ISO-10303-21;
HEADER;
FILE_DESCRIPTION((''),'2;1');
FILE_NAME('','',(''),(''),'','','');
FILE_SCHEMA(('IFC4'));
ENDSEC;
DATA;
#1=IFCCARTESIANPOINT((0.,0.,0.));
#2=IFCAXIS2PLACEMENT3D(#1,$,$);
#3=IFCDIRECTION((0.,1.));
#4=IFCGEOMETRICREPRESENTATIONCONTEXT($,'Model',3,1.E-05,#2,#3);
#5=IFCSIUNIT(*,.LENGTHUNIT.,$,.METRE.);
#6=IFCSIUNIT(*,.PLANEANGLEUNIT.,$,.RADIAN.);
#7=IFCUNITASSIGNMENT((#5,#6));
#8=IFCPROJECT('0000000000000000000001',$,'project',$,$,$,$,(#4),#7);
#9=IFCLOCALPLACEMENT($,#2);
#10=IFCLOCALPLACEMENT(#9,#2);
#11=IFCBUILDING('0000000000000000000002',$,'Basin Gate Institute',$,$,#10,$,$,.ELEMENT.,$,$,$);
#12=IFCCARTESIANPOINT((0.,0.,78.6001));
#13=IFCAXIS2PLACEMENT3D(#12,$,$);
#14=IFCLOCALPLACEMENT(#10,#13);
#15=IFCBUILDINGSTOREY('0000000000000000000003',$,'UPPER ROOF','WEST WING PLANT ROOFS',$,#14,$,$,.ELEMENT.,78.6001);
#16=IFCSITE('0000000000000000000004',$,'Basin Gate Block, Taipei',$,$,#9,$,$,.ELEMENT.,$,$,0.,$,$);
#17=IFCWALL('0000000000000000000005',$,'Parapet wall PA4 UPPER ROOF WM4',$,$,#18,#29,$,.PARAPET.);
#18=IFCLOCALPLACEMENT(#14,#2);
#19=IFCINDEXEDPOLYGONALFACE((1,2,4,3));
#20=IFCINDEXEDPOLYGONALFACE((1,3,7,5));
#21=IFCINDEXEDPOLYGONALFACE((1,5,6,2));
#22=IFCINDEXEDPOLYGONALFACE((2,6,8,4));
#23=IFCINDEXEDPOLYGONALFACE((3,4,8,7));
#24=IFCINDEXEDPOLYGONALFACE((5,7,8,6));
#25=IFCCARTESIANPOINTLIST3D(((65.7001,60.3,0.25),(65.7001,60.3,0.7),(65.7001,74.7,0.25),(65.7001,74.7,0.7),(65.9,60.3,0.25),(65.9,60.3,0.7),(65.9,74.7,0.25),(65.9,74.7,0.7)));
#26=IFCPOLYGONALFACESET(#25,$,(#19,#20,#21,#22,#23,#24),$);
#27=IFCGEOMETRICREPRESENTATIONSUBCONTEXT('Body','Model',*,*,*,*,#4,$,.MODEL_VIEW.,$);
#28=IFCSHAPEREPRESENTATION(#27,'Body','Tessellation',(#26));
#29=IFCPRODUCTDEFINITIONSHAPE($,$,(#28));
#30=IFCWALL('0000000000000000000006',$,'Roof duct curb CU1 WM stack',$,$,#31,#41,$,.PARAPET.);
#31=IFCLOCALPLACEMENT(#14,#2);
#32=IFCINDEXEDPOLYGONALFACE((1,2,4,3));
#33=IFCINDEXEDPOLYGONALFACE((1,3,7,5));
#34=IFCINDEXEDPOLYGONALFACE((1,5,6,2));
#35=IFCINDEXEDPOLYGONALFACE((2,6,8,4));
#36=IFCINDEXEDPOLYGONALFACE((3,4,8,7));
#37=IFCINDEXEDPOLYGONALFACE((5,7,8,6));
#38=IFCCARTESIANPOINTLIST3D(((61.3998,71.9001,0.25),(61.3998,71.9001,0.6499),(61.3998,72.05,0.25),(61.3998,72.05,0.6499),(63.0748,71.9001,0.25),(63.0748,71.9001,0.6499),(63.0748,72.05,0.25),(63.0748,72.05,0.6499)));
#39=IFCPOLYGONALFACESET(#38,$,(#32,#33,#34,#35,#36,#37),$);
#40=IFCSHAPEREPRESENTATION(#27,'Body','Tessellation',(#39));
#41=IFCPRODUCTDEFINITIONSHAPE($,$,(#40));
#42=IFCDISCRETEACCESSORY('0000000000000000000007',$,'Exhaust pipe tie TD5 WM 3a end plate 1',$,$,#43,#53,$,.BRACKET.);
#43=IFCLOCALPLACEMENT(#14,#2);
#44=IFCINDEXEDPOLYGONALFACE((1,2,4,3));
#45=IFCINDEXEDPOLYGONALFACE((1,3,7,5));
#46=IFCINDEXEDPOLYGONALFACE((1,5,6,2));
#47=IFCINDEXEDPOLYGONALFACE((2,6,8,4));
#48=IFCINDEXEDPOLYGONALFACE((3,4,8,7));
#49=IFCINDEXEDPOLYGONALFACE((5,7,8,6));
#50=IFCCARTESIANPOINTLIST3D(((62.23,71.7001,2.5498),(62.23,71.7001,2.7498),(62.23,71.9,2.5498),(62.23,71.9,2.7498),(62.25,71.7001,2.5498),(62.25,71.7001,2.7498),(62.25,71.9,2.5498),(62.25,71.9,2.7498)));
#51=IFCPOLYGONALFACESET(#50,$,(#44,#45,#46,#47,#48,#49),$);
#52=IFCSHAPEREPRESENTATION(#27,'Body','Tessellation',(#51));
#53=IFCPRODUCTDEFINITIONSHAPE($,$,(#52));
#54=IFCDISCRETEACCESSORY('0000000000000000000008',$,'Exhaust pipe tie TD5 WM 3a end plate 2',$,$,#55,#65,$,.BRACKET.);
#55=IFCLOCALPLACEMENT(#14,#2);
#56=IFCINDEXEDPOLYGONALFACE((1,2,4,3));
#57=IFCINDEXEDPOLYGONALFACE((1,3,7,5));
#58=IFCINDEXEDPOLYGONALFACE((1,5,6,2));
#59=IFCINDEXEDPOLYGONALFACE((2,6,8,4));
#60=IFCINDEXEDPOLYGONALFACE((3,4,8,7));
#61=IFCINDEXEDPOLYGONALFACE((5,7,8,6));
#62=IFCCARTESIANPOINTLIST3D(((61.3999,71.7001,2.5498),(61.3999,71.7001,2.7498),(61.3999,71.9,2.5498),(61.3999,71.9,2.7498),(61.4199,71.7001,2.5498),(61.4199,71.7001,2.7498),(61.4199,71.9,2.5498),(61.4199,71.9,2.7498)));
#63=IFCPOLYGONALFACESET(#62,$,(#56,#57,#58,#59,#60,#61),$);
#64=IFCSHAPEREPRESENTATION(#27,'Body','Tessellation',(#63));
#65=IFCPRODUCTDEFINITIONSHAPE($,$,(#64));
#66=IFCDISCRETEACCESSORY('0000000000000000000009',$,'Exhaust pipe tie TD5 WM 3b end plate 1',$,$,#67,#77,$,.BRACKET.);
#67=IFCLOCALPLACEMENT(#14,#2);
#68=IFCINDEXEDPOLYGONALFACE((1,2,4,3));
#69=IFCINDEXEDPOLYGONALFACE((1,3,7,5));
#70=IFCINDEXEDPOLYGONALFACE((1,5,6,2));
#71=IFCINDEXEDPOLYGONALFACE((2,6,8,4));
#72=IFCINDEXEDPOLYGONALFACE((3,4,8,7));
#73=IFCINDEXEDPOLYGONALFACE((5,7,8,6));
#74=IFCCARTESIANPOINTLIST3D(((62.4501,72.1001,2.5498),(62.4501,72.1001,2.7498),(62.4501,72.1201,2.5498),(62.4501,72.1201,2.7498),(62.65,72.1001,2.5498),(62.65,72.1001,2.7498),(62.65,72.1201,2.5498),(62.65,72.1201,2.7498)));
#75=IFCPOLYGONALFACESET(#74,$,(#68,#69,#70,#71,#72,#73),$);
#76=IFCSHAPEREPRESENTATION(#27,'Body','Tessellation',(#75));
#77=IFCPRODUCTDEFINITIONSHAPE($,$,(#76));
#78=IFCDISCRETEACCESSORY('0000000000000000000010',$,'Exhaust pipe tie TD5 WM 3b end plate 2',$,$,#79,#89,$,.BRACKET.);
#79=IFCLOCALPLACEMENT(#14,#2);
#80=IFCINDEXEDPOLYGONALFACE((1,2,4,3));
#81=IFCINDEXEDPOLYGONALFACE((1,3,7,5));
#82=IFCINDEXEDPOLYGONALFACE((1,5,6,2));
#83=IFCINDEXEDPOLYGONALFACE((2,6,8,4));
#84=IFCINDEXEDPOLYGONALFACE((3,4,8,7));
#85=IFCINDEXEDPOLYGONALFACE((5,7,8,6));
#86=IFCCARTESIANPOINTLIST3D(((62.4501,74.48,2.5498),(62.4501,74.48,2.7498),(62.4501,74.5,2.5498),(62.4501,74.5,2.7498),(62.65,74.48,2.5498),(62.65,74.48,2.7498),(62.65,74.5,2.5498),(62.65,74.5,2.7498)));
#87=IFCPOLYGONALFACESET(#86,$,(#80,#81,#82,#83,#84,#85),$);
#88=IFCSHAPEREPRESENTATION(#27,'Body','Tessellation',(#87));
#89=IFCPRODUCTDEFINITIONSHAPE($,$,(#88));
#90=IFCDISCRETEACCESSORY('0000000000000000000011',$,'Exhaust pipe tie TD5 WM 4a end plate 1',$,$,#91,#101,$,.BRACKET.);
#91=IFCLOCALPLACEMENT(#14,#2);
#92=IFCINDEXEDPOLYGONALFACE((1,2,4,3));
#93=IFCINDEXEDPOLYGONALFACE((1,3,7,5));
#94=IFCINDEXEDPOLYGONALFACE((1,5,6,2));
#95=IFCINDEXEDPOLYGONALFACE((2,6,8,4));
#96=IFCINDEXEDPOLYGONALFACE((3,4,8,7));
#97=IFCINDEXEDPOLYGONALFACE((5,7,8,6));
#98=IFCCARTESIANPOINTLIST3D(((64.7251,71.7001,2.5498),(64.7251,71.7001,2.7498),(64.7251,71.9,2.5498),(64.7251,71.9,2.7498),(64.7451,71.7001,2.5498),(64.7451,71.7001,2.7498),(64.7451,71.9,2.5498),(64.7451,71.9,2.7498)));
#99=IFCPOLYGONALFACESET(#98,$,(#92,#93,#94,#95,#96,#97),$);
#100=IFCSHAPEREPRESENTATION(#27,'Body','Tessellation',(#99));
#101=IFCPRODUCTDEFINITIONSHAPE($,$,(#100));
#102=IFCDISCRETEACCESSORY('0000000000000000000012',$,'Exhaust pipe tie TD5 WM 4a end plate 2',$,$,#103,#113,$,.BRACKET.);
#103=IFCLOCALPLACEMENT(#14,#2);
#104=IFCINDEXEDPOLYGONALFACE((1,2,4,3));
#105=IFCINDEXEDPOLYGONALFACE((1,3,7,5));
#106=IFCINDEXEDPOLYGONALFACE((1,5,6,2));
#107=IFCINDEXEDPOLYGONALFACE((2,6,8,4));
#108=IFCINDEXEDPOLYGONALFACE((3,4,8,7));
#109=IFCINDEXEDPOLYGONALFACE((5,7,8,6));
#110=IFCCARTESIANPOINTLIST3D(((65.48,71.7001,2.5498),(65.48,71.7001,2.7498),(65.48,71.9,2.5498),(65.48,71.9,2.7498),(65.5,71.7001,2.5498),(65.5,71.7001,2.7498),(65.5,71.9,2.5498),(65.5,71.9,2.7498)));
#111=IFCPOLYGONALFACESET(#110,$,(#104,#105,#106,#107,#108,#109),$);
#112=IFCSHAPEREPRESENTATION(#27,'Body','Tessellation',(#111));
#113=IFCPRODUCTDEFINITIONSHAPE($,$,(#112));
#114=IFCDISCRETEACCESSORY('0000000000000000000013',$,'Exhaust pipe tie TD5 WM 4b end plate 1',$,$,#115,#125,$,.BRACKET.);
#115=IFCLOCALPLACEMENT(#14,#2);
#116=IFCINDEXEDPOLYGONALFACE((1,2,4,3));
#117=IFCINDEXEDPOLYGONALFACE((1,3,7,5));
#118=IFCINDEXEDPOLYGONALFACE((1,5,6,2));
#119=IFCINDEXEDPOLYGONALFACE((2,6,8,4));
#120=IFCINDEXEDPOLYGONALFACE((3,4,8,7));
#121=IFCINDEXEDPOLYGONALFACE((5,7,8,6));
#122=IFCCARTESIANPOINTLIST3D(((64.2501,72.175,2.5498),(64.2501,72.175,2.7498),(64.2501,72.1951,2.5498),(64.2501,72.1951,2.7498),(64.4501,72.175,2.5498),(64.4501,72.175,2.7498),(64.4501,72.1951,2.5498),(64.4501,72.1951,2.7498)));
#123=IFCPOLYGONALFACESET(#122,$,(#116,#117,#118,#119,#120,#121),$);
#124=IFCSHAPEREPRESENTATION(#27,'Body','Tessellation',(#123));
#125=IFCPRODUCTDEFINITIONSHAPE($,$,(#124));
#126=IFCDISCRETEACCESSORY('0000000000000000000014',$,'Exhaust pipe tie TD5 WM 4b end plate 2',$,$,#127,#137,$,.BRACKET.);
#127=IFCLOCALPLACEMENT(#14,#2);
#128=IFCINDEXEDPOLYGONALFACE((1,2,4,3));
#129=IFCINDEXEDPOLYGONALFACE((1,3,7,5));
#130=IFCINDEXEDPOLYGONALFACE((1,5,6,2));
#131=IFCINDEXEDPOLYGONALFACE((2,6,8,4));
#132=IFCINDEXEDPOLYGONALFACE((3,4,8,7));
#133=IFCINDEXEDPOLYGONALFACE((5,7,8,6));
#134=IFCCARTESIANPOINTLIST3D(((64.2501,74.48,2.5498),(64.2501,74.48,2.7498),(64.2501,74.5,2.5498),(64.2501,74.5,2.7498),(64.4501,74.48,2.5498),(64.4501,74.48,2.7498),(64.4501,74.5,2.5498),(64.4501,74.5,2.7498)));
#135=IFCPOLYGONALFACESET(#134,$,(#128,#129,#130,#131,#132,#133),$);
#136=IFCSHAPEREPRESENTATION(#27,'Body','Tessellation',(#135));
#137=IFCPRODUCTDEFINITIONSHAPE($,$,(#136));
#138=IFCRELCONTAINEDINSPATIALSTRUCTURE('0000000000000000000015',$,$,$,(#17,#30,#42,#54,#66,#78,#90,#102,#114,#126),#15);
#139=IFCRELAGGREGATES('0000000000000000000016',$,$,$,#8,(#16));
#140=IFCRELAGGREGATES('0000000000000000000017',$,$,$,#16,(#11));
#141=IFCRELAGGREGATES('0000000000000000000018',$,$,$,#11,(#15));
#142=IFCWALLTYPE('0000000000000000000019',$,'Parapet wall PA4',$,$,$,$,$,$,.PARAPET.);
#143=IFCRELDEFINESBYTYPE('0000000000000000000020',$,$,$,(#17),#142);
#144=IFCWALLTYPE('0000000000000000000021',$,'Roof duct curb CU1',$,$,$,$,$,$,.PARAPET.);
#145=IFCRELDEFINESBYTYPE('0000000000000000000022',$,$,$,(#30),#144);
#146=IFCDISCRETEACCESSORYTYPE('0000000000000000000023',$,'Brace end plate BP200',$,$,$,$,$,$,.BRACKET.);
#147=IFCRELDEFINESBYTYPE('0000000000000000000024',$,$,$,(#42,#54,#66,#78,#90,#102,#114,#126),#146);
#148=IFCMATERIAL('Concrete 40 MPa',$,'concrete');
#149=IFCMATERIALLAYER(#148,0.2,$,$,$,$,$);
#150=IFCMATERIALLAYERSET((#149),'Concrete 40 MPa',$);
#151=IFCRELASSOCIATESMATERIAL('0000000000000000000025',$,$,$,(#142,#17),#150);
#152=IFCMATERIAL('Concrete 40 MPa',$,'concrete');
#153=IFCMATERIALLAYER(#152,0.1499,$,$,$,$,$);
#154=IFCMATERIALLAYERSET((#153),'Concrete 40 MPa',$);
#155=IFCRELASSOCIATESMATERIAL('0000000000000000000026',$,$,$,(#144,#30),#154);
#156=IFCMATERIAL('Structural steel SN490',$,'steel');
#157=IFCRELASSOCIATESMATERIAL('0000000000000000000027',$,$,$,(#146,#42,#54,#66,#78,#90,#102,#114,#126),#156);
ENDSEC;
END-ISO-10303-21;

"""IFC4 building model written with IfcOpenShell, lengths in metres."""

from ifc_helpers import new_model, si_unit, direction, frame, frame_2d, origin, origin_2d, place, context, subcontext, project, spatial, rectangle, extrude, material, layer, layer_set, type_object, element, save


model = new_model("IFC4")

# Units and contexts
model_context = context("Model", 3, precision=1e-05, world=origin(), true_north=direction((0.0, 1.0)))
body_context = subcontext(model_context, "Body", "Model", "MODEL_VIEW")
ifc_project = project(units=[si_unit("LENGTHUNIT", "METRE"), si_unit("PLANEANGLEUNIT", "RADIAN")], contexts=[model_context])

# Site, building, storey
site_placement = place(None, origin())
site = spatial("IfcSite", under=ifc_project, at=site_placement, Name="Basin Gate Block, Taipei", CompositionType="ELEMENT", RefElevation=0.0)
building_placement = place(site_placement, origin())
building = spatial("IfcBuilding", under=site, at=building_placement, Name="Basin Gate Institute", CompositionType="ELEMENT")
storey_placement = place(building_placement, frame((0.0, 0.0, 78.6001)))
storey = spatial("IfcBuildingStorey", under=building, at=storey_placement, Name="UPPER ROOF", Description="WEST WING PLANT ROOFS", CompositionType="ELEMENT", Elevation=78.6001)

# Walls
ifc_material_1 = material(Name="Concrete 40 MPa", Category="concrete")
ifc_layer_1 = layer(ifc_material_1, 0.2)
ifc_layer_set_1 = layer_set([ifc_layer_1], Name="Concrete 40 MPa")
wall_type_1 = type_object("IfcWallType", Name="Parapet wall PA4", PredefinedType="PARAPET", material=ifc_layer_set_1)
wall_1_placement = place(storey_placement, frame((65.8, 74.7, 0.25), z_axis=(0.0, 0.0, 1.0), x_axis=(0.0, -1.0, 0.0)))
element("IfcWall", 1, at=wall_1_placement, inside=storey, type_object=wall_type_1, material=ifc_layer_set_1, Name="Parapet wall PA4 UPPER ROOF WM4", PredefinedType="PARAPET", context=body_context, shape_type="SweptSolid", body=[
    extrude(rectangle(XDim=14.3999, YDim=0.2, at=frame_2d((7.2, 0.0))), origin(), (0.0, 0.0, 1.0), 0.45),
])
ifc_material_2 = material(Name="Concrete 40 MPa", Category="concrete")
ifc_layer_2 = layer(ifc_material_2, 0.1499)
ifc_layer_set_2 = layer_set([ifc_layer_2], Name="Concrete 40 MPa")
wall_type_2 = type_object("IfcWallType", Name="Roof duct curb CU1", PredefinedType="PARAPET", material=ifc_layer_set_2)
wall_2_placement = place(storey_placement, frame((61.3999, 71.9751, 0.25), z_axis=(0.0, 0.0, 1.0), x_axis=(1.0, 0.0, 0.0)))
element("IfcWall", 2, at=wall_2_placement, inside=storey, type_object=wall_type_2, material=ifc_layer_set_2, Name="Roof duct curb CU1 WM stack", PredefinedType="PARAPET", context=body_context, shape_type="SweptSolid", body=[
    extrude(rectangle(XDim=1.675, YDim=0.1499, at=frame_2d((0.8374, 0.0))), origin(), (0.0, 0.0, 1.0), 0.3999),
])

# Discrete accessories
ifc_material_3 = material(Name="Structural steel SN490", Category="steel")
discrete_accessory_type = type_object("IfcDiscreteAccessoryType", Name="Brace end plate BP200", PredefinedType="BRACKET", material=ifc_material_3)
for number, where, z_axis, x_axis, name in (
    (3, (62.24, 71.8, 2.5498), (0.0, 0.0, 1.0), (1.0, 0.0, 0.0), "Exhaust pipe tie TD5 WM 3a end plate 1"),
    (4, (61.4099, 71.8, 2.5498), (0.0, 0.0, 1.0), (1.0, 0.0, 0.0), "Exhaust pipe tie TD5 WM 3a end plate 2"),
):
    element("IfcDiscreteAccessory", number, at=place(storey_placement, frame(where, z_axis=z_axis, x_axis=x_axis)), inside=storey, type_object=discrete_accessory_type, material=ifc_material_3, Name=name, PredefinedType="BRACKET", context=body_context, shape_type="SweptSolid", body=[
        extrude(rectangle(XDim=0.02, YDim=0.2, at=origin_2d()), origin(), (0.0, 0.0, 1.0), 0.2),
    ])
for number, where, z_axis, x_axis, name in (
    (5, (62.55, 72.1101, 2.5498), (0.0, 0.0, 1.0), (1.0, 0.0, 0.0), "Exhaust pipe tie TD5 WM 3b end plate 1"),
    (6, (62.55, 74.49, 2.5498), (0.0, 0.0, 1.0), (1.0, 0.0, 0.0), "Exhaust pipe tie TD5 WM 3b end plate 2"),
):
    element("IfcDiscreteAccessory", number, at=place(storey_placement, frame(where, z_axis=z_axis, x_axis=x_axis)), inside=storey, type_object=discrete_accessory_type, material=ifc_material_3, Name=name, PredefinedType="BRACKET", context=body_context, shape_type="SweptSolid", body=[
        extrude(rectangle(XDim=0.2, YDim=0.02, at=origin_2d()), origin(), (0.0, 0.0, 1.0), 0.2),
    ])
for number, where, z_axis, x_axis, name in (
    (7, (64.7351, 71.8, 2.5498), (0.0, 0.0, 1.0), (1.0, 0.0, 0.0), "Exhaust pipe tie TD5 WM 4a end plate 1"),
    (8, (65.49, 71.8, 2.5498), (0.0, 0.0, 1.0), (1.0, 0.0, 0.0), "Exhaust pipe tie TD5 WM 4a end plate 2"),
):
    element("IfcDiscreteAccessory", number, at=place(storey_placement, frame(where, z_axis=z_axis, x_axis=x_axis)), inside=storey, type_object=discrete_accessory_type, material=ifc_material_3, Name=name, PredefinedType="BRACKET", context=body_context, shape_type="SweptSolid", body=[
        extrude(rectangle(XDim=0.02, YDim=0.2, at=origin_2d()), origin(), (0.0, 0.0, 1.0), 0.2),
    ])
for number, where, z_axis, x_axis, name in (
    (9, (64.3501, 72.1851, 2.5498), (0.0, 0.0, 1.0), (1.0, 0.0, 0.0), "Exhaust pipe tie TD5 WM 4b end plate 1"),
    (10, (64.3501, 74.49, 2.5498), (0.0, 0.0, 1.0), (1.0, 0.0, 0.0), "Exhaust pipe tie TD5 WM 4b end plate 2"),
):
    element("IfcDiscreteAccessory", number, at=place(storey_placement, frame(where, z_axis=z_axis, x_axis=x_axis)), inside=storey, type_object=discrete_accessory_type, material=ifc_material_3, Name=name, PredefinedType="BRACKET", context=body_context, shape_type="SweptSolid", body=[
        extrude(rectangle(XDim=0.2, YDim=0.02, at=origin_2d()), origin(), (0.0, 0.0, 1.0), 0.2),
    ])

save(model, "model.ifc")
